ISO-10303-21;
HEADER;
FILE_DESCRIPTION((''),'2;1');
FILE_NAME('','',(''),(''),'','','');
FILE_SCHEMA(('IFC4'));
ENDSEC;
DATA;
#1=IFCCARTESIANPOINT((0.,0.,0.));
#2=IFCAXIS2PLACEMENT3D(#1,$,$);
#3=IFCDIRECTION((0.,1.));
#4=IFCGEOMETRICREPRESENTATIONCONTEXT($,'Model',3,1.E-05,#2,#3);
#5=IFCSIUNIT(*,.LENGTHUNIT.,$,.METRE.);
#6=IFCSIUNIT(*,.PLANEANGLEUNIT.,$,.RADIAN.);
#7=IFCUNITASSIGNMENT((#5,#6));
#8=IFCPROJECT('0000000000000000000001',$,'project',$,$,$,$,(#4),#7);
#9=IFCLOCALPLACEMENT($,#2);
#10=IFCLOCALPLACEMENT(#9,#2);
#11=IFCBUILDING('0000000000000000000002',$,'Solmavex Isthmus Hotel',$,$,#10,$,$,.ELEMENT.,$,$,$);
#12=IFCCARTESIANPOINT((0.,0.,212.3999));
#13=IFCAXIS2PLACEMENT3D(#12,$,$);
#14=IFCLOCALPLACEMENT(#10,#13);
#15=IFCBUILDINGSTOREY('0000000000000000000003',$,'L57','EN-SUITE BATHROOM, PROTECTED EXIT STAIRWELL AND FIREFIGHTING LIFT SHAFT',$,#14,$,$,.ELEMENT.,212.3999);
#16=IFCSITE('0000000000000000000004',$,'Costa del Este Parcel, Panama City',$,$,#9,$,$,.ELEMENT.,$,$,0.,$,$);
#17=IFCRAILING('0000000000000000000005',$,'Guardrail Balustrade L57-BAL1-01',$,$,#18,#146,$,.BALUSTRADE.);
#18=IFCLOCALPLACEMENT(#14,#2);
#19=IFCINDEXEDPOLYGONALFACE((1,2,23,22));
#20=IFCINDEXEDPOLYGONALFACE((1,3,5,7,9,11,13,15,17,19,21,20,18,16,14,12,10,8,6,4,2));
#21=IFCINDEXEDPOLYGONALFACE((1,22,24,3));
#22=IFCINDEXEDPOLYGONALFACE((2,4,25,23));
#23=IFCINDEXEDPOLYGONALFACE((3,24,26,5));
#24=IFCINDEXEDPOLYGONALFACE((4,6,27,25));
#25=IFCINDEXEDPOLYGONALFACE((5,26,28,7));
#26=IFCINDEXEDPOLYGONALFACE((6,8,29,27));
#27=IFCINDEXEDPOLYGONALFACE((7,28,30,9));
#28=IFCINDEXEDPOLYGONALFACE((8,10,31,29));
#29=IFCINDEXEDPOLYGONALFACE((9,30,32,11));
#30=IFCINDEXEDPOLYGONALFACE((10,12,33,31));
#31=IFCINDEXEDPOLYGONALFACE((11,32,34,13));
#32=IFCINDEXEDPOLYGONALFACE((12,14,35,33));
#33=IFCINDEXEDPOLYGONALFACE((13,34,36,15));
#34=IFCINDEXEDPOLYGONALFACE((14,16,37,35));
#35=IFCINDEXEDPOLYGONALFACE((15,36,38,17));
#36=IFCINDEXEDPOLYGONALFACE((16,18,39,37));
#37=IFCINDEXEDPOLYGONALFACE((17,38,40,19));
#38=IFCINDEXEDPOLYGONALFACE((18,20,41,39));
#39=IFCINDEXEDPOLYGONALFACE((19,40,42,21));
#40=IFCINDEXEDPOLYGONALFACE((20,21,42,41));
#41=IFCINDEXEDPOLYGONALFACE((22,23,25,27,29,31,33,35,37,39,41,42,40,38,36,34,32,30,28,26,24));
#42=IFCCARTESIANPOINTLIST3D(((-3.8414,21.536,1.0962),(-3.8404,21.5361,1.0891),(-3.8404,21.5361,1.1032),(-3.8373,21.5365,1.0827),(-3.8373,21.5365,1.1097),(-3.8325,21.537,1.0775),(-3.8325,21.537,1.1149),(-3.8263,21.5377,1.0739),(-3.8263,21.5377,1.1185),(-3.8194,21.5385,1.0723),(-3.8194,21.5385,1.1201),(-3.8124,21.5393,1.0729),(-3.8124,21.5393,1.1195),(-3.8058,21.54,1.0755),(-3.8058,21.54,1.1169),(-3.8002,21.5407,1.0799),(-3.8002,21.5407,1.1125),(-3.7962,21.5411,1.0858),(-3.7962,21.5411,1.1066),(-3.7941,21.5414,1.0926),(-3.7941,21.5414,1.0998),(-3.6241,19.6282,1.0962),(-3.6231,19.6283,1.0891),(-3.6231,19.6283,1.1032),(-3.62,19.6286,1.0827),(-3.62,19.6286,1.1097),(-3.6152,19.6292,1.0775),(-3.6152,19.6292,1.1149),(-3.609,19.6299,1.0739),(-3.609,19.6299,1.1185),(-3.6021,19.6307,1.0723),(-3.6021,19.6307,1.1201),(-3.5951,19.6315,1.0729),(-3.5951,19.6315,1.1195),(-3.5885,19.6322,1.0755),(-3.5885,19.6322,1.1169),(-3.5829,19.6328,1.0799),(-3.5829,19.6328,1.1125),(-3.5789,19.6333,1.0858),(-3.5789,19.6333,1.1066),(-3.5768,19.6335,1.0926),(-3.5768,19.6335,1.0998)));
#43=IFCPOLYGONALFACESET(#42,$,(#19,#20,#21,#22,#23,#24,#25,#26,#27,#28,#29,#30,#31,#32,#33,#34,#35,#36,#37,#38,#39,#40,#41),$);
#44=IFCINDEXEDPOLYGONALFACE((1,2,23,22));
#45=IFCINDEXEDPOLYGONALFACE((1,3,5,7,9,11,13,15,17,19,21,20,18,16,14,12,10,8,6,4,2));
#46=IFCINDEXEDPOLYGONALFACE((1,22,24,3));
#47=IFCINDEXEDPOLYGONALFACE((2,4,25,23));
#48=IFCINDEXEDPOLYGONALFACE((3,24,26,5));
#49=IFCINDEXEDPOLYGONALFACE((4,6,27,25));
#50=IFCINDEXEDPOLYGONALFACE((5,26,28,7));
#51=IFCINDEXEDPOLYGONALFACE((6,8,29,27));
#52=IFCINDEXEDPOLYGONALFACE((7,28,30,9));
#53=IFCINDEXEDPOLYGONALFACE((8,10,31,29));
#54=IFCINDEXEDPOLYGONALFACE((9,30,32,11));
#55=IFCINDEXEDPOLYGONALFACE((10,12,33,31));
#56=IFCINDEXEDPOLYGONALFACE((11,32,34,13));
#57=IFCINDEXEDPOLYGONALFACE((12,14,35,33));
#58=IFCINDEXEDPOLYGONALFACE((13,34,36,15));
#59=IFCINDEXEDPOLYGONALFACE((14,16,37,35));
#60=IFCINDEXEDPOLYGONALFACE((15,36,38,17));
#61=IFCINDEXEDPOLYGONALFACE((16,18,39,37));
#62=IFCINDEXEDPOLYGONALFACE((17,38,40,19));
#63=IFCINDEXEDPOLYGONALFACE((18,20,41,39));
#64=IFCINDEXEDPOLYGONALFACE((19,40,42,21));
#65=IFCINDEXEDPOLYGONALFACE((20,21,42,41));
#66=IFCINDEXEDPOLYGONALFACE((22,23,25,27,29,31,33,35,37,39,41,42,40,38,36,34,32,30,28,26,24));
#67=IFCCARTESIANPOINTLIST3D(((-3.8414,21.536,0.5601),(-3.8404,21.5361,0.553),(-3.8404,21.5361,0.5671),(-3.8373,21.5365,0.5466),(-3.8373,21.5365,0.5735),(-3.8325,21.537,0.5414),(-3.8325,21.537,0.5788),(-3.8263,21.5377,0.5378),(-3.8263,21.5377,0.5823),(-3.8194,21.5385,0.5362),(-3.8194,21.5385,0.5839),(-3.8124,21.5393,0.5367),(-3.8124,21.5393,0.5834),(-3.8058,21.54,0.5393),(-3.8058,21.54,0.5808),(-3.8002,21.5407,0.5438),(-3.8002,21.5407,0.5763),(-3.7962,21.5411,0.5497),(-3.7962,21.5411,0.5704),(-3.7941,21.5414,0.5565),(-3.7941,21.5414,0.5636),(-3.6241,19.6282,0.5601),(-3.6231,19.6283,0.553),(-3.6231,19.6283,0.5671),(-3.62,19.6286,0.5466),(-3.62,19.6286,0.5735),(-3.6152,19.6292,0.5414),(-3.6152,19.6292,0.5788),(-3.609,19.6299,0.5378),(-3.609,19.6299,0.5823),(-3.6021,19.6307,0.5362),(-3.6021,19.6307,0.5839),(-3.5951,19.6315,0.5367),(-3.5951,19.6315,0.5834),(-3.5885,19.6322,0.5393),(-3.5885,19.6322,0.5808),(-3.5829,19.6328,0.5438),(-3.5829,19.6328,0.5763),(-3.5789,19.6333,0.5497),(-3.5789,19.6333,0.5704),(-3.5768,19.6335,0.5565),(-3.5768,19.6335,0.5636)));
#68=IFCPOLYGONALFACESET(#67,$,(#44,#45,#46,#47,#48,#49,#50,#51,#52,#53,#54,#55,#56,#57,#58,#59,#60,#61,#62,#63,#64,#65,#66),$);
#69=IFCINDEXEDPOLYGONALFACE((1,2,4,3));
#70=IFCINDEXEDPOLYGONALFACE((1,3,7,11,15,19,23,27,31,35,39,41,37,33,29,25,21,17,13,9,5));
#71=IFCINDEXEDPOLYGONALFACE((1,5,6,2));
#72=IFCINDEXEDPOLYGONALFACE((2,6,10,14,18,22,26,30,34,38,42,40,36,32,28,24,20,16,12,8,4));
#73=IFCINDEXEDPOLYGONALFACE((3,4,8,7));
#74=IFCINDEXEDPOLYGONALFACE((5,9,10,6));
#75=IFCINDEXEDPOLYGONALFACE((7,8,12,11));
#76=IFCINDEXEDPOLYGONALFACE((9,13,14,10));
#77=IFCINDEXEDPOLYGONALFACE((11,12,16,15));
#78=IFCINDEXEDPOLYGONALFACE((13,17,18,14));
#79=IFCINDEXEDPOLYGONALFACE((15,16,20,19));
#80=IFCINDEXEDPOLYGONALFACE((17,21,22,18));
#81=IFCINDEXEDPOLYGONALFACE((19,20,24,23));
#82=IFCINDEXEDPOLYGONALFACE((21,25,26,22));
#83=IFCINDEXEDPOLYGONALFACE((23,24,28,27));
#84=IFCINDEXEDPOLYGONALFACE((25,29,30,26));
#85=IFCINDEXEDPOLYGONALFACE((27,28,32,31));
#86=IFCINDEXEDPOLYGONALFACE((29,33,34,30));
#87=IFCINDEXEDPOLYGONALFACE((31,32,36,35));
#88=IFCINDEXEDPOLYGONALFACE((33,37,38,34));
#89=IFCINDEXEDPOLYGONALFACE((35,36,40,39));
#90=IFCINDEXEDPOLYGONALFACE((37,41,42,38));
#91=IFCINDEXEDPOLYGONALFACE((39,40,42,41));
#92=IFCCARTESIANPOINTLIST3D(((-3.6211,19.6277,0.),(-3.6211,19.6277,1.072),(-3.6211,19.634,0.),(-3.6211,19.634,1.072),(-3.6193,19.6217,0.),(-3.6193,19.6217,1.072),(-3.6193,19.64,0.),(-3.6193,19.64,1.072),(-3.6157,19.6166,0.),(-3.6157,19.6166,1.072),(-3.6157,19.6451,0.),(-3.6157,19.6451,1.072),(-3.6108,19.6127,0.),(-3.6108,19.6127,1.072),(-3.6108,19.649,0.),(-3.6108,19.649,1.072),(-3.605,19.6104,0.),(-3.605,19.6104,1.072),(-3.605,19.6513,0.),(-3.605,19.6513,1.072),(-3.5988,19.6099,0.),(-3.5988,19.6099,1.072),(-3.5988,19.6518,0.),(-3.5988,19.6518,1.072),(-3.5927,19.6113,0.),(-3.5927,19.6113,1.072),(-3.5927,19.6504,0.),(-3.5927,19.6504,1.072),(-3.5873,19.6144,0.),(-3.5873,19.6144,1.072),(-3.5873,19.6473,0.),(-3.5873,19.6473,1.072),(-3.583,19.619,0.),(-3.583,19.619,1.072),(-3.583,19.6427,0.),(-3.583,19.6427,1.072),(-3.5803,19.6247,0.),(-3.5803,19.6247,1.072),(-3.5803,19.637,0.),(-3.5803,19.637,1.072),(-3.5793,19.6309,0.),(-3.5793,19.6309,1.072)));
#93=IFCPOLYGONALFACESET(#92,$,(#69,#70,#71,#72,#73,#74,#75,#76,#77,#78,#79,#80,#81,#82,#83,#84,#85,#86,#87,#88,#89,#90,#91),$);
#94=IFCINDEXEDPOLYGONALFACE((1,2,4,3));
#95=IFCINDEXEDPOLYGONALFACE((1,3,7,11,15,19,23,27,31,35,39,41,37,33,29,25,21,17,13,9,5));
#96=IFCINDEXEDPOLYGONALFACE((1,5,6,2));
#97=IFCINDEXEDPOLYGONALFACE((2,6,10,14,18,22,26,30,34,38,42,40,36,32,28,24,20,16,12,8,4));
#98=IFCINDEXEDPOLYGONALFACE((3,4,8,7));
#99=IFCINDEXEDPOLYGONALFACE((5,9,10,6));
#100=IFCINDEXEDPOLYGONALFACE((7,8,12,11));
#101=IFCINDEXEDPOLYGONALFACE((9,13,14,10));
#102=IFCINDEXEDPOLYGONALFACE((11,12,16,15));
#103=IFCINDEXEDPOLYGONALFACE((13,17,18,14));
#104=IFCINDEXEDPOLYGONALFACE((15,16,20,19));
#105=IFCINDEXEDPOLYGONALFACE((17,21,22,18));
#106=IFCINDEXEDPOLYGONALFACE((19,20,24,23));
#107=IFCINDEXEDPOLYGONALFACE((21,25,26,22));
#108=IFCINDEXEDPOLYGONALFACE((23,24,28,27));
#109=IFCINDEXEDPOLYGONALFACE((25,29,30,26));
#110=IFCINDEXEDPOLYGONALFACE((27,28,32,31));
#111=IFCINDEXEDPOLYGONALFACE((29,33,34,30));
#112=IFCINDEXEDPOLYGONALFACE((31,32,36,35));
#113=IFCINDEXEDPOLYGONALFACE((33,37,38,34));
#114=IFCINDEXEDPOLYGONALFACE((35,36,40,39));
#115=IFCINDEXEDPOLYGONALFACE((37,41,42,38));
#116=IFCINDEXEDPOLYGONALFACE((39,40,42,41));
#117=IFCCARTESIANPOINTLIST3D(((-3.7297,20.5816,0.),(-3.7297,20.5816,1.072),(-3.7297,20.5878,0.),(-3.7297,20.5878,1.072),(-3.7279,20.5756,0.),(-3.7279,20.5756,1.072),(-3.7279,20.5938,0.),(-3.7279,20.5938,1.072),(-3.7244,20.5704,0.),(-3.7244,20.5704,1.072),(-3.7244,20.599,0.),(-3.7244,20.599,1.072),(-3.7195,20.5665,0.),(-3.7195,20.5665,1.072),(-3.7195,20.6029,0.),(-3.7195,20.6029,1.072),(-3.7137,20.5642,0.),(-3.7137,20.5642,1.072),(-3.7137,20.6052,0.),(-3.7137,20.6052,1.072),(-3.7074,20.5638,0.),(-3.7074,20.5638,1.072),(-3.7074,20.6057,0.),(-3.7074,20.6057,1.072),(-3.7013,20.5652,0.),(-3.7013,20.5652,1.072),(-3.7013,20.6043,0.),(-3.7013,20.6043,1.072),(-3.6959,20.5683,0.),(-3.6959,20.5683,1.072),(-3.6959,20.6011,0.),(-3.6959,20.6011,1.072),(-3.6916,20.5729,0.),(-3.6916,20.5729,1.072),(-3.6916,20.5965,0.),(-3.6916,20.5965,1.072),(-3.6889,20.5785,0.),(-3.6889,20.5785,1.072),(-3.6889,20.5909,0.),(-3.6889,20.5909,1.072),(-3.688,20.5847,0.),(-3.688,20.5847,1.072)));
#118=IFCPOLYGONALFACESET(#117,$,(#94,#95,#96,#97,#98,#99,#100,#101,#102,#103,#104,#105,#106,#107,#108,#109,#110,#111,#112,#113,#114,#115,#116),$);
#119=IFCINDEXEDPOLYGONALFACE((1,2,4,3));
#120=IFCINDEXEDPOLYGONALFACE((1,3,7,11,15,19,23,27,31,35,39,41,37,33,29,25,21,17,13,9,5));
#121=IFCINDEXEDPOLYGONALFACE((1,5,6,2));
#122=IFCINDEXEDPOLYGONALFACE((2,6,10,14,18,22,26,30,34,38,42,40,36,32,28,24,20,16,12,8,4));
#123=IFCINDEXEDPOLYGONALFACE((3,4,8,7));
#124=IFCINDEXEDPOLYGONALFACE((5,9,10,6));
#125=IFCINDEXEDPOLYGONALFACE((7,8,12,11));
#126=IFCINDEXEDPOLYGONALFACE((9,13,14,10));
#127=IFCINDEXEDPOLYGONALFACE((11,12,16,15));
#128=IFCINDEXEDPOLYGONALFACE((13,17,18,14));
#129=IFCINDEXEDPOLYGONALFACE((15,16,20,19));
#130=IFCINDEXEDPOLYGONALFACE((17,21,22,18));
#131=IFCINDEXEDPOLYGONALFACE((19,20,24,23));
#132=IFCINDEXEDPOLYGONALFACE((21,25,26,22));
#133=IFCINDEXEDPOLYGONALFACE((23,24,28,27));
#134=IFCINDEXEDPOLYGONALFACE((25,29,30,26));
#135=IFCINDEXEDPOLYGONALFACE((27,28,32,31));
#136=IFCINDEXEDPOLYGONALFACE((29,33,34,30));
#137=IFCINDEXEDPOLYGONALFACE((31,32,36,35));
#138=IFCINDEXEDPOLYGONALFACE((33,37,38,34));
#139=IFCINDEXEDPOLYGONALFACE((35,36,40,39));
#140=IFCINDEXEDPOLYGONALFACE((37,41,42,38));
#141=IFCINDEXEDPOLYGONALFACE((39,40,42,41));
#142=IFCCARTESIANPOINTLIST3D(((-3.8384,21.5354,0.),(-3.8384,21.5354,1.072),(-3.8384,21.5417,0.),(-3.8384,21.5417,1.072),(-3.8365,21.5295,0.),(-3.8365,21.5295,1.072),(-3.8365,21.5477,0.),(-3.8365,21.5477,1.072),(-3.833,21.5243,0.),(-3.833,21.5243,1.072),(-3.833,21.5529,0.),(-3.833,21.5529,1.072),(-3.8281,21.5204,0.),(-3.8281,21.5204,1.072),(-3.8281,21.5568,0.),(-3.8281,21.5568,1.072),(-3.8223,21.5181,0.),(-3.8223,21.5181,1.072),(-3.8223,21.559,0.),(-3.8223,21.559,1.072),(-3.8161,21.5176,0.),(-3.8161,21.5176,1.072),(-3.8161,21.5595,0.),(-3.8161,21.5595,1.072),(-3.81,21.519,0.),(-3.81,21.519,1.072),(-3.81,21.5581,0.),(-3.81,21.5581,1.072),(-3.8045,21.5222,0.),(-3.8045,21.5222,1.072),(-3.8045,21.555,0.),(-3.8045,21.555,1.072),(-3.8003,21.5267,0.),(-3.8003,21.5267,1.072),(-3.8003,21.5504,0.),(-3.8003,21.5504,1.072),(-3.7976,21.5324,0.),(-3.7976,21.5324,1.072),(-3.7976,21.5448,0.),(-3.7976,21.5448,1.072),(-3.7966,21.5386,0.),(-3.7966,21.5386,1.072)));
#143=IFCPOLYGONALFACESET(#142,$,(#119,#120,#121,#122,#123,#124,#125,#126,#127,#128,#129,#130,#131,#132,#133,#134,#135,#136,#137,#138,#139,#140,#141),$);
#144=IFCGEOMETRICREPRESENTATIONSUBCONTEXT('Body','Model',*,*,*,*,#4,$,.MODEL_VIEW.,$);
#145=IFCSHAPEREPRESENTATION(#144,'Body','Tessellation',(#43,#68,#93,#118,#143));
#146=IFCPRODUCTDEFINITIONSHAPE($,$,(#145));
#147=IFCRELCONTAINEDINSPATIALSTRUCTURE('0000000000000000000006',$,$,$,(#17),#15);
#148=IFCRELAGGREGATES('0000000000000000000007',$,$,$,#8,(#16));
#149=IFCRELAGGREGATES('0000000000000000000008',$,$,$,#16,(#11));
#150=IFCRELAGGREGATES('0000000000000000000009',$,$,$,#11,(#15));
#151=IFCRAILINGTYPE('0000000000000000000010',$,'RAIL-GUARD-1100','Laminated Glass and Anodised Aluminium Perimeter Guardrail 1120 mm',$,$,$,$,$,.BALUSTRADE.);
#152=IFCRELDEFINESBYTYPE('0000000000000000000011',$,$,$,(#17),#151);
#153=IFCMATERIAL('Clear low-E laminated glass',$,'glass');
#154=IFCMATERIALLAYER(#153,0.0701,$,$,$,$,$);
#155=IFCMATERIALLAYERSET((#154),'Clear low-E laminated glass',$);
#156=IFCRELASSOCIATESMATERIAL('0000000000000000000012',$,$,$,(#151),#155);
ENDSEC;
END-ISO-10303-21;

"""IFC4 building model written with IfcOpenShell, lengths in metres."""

from ifc_helpers import new_model, si_unit, direction, frame, origin, origin_2d, place, context, subcontext, project, spatial, circle, extrude, material, layer, layer_set, type_object, element, save


model = new_model("IFC4")

# Units and contexts
model_context = context("Model", 3, precision=1e-05, world=origin(), true_north=direction((0.0, 1.0)))
body_context = subcontext(model_context, "Body", "Model", "MODEL_VIEW")
ifc_project = project(units=[si_unit("LENGTHUNIT", "METRE"), si_unit("PLANEANGLEUNIT", "RADIAN")], contexts=[model_context])

# Site, building, storey
site_placement = place(None, origin())
site = spatial("IfcSite", under=ifc_project, at=site_placement, Name="Costa del Este Parcel, Panama City", CompositionType="ELEMENT", RefElevation=0.0)
building_placement = place(site_placement, origin())
building = spatial("IfcBuilding", under=site, at=building_placement, Name="Solmavex Isthmus Hotel", CompositionType="ELEMENT")
storey_placement = place(building_placement, frame((0.0, 0.0, 212.3999)))
storey = spatial("IfcBuildingStorey", under=building, at=storey_placement, Name="L57", Description="EN-SUITE BATHROOM, PROTECTED EXIT STAIRWELL AND FIREFIGHTING LIFT SHAFT", CompositionType="ELEMENT", Elevation=212.3999)

# Shared definitions
ifc_material_1 = material(Name="Clear low-E laminated glass", Category="glass")

# Railing
ifc_layer_1 = layer(ifc_material_1, 0.0701)
ifc_layer_set_1 = layer_set([ifc_layer_1], Name="Clear low-E laminated glass")
railing_type = type_object("IfcRailingType", Name="RAIL-GUARD-1100", Description="Laminated Glass and Anodised Aluminium Perimeter Guardrail 1120 mm", PredefinedType="BALUSTRADE", material=ifc_layer_set_1)
railing_1_placement = place(storey_placement, frame((-3.6003, 19.6309, 0.0)))
element("IfcRailing", 1, at=railing_1_placement, inside=storey, type_object=railing_type, Name="Guardrail Balustrade L57-BAL1-01", PredefinedType="BALUSTRADE", context=body_context, shape_type="SweptSolid", body=[
    extrude(circle(Radius=0.0239, at=origin_2d()), frame((0.0, 0.0, 1.0962), z_axis=(-0.113166, 0.993576, 0.0), x_axis=(-0.993576, -0.113166, 0.0)), (0.0, 0.0, 1.0), 1.9202),
    extrude(circle(Radius=0.0239, at=origin_2d()), frame((0.0, 0.0, 0.5601), z_axis=(-0.113166, 0.993576, 0.0), x_axis=(-0.993576, -0.113166, 0.0)), (0.0, 0.0, 1.0), 1.9202),
    extrude(circle(Radius=0.021, at=origin_2d()), origin(), (0.0, 0.0, 1.0), 1.072),
    extrude(circle(Radius=0.021, at=origin_2d()), frame((-0.1086, 0.9539, 0.0)), (0.0, 0.0, 1.0), 1.072),
    extrude(circle(Radius=0.021, at=origin_2d()), frame((-0.2173, 1.9077, 0.0)), (0.0, 0.0, 1.0), 1.072),
])

save(model, "model.ifc")
